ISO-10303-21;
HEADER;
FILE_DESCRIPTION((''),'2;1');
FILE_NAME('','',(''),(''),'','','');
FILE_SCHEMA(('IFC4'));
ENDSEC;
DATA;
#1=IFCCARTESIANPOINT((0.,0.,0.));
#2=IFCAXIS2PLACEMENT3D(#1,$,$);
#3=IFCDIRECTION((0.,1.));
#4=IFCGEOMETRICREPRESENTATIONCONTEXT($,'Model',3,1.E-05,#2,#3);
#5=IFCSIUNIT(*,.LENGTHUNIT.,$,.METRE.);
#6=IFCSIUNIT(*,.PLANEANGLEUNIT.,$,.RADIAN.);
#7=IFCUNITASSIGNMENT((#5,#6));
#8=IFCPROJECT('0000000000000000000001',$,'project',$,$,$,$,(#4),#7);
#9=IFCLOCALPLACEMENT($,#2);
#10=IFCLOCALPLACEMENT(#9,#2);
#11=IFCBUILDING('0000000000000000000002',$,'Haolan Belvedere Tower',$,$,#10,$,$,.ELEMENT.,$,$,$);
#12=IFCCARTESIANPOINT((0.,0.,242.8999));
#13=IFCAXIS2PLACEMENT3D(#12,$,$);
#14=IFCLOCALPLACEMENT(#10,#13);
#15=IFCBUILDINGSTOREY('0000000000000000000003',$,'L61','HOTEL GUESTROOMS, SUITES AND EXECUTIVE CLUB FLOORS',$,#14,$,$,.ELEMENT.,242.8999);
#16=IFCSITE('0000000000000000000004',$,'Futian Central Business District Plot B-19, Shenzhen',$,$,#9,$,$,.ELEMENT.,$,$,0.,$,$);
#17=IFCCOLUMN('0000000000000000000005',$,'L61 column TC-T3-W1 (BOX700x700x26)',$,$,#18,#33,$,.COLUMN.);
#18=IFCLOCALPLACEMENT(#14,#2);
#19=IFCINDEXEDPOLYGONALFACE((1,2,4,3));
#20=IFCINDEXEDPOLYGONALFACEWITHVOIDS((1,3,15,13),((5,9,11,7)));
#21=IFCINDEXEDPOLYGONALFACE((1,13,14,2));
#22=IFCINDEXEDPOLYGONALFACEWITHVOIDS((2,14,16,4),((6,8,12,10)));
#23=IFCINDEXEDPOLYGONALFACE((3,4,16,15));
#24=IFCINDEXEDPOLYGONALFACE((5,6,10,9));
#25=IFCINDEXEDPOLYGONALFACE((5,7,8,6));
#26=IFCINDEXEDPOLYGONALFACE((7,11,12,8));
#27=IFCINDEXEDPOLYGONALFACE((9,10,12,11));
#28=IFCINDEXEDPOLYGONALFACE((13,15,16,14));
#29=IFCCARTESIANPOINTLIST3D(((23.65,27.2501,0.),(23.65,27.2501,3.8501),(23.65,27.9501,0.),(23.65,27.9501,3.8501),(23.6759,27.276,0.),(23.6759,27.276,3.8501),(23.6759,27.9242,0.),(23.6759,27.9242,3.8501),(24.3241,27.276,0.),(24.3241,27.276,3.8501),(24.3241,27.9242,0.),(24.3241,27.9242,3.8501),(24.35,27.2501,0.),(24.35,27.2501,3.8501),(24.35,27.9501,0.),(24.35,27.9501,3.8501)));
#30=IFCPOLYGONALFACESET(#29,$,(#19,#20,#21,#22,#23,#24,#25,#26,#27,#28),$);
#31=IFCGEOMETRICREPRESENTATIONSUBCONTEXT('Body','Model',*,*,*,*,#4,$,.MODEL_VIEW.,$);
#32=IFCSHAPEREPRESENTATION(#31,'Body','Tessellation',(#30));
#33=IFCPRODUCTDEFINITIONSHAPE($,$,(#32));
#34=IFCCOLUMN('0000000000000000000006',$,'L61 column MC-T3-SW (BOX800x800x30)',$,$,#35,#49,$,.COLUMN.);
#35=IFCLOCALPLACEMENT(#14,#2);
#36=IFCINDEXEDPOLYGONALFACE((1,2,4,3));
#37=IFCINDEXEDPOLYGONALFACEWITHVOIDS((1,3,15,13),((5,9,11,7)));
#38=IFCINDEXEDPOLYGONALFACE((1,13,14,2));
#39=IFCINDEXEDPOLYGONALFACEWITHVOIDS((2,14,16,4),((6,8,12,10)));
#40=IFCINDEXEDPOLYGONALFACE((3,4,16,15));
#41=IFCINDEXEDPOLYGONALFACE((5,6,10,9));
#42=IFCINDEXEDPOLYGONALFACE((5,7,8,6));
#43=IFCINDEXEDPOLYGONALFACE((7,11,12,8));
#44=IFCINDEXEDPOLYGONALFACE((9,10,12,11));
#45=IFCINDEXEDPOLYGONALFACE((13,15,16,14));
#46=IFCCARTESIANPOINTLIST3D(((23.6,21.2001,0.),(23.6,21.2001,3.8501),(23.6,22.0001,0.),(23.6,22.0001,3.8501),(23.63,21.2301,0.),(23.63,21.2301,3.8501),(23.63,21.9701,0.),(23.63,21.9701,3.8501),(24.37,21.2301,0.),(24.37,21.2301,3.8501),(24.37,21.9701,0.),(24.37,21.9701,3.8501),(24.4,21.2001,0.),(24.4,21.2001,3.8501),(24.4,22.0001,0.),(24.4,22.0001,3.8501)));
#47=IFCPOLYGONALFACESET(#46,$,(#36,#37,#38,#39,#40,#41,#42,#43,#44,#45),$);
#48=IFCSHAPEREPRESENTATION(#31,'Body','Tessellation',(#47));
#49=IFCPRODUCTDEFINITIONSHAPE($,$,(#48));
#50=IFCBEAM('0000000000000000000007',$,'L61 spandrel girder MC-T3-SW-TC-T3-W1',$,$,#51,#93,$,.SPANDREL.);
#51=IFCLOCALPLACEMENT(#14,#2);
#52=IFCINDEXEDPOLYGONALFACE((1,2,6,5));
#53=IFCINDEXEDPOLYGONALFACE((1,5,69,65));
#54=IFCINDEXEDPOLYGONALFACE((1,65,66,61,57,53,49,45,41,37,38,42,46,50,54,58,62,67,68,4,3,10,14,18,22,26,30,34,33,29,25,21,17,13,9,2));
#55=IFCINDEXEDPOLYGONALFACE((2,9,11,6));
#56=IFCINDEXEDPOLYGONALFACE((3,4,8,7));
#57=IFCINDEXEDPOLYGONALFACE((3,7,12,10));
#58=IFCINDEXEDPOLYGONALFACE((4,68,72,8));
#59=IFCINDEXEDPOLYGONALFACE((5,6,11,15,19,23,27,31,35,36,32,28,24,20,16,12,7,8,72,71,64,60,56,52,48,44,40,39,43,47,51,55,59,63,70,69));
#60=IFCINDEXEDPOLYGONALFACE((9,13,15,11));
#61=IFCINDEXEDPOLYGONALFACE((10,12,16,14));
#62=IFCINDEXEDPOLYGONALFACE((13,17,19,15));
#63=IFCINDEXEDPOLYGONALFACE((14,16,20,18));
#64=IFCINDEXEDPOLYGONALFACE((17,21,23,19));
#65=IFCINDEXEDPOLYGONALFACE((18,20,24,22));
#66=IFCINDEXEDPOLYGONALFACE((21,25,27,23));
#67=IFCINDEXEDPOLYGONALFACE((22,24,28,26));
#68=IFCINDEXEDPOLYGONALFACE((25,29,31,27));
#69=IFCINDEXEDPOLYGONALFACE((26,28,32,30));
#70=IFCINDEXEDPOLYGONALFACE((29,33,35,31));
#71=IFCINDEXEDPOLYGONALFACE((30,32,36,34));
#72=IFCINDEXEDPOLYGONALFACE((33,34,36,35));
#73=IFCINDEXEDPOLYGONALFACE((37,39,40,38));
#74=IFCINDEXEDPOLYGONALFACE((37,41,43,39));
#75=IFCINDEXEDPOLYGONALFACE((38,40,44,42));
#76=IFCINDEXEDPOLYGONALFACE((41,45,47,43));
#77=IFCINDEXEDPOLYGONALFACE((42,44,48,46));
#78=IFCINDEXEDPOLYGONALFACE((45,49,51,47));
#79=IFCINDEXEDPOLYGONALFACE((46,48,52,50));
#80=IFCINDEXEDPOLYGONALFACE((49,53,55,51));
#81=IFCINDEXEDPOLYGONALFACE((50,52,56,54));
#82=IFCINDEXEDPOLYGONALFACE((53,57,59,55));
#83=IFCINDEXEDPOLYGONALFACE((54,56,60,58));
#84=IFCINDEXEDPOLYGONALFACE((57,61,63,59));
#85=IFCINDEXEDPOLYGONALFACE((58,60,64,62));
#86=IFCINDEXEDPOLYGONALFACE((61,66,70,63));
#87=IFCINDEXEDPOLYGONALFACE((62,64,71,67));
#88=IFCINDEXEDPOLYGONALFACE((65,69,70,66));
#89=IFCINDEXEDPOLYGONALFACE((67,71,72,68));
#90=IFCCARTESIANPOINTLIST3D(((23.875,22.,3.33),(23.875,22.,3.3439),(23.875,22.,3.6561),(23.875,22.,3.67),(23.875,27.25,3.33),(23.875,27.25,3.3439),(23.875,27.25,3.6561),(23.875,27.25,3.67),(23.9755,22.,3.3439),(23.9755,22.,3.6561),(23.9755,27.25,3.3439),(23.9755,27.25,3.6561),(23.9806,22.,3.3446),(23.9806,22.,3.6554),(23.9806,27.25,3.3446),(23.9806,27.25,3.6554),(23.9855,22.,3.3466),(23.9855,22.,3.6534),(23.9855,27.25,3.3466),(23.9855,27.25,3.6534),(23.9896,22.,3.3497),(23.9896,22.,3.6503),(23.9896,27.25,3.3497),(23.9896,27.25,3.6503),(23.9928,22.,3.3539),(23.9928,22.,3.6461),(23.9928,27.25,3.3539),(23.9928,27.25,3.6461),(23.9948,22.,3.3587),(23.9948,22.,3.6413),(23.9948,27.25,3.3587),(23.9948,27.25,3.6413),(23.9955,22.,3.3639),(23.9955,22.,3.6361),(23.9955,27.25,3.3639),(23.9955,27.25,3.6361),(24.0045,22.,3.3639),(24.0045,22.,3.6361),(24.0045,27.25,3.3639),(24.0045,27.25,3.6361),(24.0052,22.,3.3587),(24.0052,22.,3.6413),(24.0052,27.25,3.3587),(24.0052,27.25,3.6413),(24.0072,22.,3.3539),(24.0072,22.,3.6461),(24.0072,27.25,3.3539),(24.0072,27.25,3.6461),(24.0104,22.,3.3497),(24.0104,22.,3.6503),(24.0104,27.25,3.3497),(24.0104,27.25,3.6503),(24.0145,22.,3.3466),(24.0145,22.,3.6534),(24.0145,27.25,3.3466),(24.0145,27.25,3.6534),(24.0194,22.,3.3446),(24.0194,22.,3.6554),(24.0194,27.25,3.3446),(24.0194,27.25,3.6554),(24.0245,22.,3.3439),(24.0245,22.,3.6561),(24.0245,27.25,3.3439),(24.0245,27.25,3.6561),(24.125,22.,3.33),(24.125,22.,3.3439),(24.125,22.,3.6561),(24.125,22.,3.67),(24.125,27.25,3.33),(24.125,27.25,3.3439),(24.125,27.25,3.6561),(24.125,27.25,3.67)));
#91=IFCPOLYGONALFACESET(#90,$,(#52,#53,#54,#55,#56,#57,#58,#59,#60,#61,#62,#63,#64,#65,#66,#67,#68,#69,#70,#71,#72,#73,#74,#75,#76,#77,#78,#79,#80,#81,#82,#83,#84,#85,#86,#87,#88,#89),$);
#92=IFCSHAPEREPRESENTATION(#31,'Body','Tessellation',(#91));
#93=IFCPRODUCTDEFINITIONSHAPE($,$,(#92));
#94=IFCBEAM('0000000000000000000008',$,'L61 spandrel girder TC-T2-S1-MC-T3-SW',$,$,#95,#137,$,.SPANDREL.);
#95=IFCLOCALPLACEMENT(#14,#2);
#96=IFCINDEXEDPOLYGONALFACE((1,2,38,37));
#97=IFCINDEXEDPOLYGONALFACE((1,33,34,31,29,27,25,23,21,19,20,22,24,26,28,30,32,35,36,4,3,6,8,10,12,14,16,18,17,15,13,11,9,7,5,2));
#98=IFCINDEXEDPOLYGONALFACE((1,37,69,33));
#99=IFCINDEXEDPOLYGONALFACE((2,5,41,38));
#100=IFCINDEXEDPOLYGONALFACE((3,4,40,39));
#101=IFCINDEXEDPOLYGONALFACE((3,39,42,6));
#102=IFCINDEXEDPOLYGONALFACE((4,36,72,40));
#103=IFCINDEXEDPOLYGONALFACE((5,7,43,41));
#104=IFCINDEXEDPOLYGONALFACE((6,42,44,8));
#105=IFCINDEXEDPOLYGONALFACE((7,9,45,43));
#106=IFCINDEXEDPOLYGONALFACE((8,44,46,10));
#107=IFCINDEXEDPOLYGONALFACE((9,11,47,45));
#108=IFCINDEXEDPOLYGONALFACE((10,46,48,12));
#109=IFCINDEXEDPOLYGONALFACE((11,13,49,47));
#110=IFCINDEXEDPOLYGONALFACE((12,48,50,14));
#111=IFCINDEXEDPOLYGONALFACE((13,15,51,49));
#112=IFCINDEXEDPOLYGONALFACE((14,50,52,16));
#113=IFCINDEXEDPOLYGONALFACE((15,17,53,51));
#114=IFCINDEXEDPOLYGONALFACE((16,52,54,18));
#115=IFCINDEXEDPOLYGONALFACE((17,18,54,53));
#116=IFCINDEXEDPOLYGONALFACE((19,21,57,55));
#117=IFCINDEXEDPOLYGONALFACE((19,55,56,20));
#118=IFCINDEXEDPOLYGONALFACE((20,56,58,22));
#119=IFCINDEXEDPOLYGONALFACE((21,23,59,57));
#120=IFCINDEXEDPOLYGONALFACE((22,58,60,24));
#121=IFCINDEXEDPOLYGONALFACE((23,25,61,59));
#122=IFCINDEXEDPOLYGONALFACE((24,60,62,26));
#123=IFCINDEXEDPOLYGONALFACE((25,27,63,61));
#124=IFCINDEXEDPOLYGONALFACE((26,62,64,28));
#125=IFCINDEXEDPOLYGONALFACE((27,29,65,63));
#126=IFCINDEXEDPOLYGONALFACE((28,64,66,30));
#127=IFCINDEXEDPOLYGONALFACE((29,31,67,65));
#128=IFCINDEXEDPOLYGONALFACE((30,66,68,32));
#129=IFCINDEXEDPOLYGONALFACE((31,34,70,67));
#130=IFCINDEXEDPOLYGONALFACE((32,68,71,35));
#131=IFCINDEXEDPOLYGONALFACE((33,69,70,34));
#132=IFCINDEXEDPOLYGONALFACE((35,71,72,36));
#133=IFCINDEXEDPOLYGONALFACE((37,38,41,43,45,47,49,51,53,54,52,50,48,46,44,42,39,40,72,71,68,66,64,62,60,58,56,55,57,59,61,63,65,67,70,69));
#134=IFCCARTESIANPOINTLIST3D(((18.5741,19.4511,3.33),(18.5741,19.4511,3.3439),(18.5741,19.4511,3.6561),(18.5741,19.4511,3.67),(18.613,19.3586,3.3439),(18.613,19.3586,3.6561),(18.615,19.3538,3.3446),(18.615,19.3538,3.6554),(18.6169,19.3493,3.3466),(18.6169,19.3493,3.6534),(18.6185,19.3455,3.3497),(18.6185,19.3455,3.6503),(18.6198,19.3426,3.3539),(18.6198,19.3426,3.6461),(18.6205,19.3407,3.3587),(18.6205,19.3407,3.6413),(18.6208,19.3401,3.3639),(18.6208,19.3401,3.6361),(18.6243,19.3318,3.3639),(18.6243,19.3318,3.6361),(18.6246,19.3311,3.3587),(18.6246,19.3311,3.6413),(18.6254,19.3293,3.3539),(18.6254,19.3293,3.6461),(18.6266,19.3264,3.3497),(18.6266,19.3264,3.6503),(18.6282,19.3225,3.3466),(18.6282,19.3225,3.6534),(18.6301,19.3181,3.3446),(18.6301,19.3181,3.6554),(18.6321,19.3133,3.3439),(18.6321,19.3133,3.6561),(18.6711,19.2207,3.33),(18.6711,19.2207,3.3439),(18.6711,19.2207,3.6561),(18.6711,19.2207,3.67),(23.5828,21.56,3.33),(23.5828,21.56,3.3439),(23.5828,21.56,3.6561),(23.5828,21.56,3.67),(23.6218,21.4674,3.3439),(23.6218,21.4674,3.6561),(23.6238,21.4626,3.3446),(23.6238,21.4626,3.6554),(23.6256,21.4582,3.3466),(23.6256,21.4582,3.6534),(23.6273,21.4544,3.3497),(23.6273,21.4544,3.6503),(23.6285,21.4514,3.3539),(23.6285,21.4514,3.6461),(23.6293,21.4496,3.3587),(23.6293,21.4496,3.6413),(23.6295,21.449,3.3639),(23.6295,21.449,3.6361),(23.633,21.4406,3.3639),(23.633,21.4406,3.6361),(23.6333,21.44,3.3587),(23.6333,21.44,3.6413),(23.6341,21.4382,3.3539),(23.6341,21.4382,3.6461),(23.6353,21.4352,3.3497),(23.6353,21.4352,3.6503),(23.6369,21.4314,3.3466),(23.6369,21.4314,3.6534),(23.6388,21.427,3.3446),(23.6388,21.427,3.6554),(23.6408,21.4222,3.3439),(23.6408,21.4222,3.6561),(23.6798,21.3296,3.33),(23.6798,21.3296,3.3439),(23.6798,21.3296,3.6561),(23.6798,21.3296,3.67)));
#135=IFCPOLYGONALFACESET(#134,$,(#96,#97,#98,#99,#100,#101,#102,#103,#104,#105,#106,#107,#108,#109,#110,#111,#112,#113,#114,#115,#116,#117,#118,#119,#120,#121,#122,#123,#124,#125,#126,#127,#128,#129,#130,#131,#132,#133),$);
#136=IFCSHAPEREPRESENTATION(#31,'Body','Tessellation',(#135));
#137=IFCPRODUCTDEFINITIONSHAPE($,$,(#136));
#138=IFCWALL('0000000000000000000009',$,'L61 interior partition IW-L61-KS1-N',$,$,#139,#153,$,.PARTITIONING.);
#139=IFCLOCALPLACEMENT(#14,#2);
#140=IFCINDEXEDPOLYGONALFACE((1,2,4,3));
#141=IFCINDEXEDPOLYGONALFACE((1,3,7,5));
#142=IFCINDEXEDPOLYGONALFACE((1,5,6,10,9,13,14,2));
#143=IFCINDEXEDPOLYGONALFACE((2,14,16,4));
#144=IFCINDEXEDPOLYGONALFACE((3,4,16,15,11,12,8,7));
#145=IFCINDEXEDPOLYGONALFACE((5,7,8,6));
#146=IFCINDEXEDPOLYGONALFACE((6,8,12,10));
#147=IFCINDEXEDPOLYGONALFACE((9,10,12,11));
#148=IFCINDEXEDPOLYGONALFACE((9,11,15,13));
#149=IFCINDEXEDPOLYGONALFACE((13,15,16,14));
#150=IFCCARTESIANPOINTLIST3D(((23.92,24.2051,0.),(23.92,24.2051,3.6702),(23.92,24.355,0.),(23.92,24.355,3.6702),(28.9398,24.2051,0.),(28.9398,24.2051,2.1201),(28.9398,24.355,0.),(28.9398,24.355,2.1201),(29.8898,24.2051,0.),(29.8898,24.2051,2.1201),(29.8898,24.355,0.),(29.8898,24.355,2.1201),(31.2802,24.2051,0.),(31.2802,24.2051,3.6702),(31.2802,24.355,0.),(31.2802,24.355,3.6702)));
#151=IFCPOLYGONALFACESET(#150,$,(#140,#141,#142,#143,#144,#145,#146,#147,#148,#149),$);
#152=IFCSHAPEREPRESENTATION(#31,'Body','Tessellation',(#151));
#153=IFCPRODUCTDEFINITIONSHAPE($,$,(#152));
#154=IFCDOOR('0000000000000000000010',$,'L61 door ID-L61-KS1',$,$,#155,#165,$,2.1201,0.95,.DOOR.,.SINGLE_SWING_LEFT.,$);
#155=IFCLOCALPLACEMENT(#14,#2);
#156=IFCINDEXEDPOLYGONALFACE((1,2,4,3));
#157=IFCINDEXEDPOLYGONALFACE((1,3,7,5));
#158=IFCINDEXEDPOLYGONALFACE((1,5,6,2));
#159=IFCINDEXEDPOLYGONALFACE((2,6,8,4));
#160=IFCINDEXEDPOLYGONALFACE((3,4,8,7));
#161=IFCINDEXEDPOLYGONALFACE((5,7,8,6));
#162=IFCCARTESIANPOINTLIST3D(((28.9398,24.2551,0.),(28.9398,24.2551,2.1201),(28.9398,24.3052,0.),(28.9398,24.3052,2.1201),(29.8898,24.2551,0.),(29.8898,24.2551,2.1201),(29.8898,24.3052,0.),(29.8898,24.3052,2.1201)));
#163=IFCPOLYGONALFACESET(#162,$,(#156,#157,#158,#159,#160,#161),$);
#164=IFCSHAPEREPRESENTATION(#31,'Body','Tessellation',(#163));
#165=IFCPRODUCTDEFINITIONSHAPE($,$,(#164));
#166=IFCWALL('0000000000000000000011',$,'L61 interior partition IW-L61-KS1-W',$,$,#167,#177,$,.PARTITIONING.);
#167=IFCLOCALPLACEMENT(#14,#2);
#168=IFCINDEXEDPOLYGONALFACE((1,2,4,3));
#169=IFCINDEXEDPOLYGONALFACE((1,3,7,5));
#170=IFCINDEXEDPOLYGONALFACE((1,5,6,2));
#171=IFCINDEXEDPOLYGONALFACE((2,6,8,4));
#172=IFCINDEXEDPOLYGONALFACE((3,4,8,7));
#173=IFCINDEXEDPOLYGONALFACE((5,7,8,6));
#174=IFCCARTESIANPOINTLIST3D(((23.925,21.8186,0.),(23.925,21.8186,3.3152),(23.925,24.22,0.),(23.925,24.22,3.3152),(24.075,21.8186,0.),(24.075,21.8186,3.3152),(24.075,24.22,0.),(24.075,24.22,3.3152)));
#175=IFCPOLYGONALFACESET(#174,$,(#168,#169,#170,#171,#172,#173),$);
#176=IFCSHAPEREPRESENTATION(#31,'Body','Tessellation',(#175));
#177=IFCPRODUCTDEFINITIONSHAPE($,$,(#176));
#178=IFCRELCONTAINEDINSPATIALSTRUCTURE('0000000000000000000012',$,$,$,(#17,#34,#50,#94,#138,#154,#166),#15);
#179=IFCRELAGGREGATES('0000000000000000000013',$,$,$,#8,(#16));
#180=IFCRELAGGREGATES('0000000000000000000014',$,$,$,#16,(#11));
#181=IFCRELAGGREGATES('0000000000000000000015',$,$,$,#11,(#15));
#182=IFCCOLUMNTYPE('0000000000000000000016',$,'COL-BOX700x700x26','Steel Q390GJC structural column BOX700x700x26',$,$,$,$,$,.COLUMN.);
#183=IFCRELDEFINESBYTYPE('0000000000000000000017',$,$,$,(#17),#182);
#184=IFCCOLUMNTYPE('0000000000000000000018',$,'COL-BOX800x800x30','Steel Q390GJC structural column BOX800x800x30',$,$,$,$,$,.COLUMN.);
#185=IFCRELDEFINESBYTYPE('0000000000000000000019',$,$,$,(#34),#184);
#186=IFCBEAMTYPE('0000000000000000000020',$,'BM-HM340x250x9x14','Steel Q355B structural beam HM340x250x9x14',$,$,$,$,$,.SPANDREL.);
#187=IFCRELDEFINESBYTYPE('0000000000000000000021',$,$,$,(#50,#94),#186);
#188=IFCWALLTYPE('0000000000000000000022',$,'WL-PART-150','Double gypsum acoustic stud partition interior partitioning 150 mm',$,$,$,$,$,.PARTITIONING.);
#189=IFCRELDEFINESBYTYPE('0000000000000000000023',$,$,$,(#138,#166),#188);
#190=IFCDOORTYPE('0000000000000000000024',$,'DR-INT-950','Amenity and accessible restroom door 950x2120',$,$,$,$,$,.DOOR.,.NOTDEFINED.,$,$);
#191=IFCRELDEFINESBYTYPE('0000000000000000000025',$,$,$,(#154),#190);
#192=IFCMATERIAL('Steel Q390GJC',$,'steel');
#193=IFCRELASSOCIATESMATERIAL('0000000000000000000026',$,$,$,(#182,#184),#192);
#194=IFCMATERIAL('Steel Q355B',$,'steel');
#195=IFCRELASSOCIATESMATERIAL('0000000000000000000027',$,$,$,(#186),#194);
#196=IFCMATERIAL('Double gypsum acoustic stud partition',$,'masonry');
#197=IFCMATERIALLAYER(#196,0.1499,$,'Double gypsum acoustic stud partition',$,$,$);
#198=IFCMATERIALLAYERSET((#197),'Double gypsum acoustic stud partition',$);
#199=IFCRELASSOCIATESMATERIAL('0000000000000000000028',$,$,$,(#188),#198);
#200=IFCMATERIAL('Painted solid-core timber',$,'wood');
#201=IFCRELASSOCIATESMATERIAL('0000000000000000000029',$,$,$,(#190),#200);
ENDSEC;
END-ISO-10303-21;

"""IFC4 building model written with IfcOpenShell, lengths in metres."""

from ifc_helpers import new_model, si_unit, direction, frame, frame_2d, origin, origin_2d, place, context, subcontext, project, spatial, rectangle, hollow_rectangle, i_section, extrude, material, layer, layer_set, material_profile, profile_set, type_object, element, fill, save


model = new_model("IFC4")

# Units and contexts
model_context = context("Model", 3, precision=1e-05, world=origin(), true_north=direction((0.0, 1.0)))
body_context = subcontext(model_context, "Body", "Model", "MODEL_VIEW")
ifc_project = project(units=[si_unit("LENGTHUNIT", "METRE"), si_unit("PLANEANGLEUNIT", "RADIAN")], contexts=[model_context])

# Site, building, storey
site_placement = place(None, origin())
site = spatial("IfcSite", under=ifc_project, at=site_placement, Name="Futian Central Business District Plot B-19, Shenzhen", CompositionType="ELEMENT", RefElevation=0.0)
building_placement = place(site_placement, origin())
building = spatial("IfcBuilding", under=site, at=building_placement, Name="Haolan Belvedere Tower", CompositionType="ELEMENT")
storey_placement = place(building_placement, frame((0.0, 0.0, 242.8999)))
storey = spatial("IfcBuildingStorey", under=building, at=storey_placement, Name="L61", Description="HOTEL GUESTROOMS, SUITES AND EXECUTIVE CLUB FLOORS", CompositionType="ELEMENT", Elevation=242.8999)

# Columns
ifc_material_1 = material(Name="Steel Q390GJC", Category="steel")
ifc_material_profile_1 = material_profile(ifc_material_1, hollow_rectangle(XDim=0.7, YDim=0.7, WallThickness=0.0259, at=origin_2d()), Name="Steel Q390GJC")
ifc_profile_set_1 = profile_set([ifc_material_profile_1], Name="Steel Q390GJC")
column_type_1 = type_object("IfcColumnType", Name="COL-BOX700x700x26", Description="Steel Q390GJC structural column BOX700x700x26", PredefinedType="COLUMN", material=ifc_profile_set_1)
column_1_placement = place(storey_placement, frame((24.0, 27.6001, 0.0), z_axis=(0.0, 0.0, 1.0), x_axis=(1.0, 0.0, 0.0)))
element("IfcColumn", 1, at=column_1_placement, inside=storey, type_object=column_type_1, Name="L61 column TC-T3-W1 (BOX700x700x26)", PredefinedType="COLUMN", context=body_context, shape_type="SweptSolid", body=[
    extrude(hollow_rectangle(XDim=0.7, YDim=0.7, WallThickness=0.0259, at=origin_2d()), origin(), (0.0, 0.0, 1.0), 3.8501),
])
ifc_material_profile_2 = material_profile(ifc_material_1, hollow_rectangle(XDim=0.8, YDim=0.8, WallThickness=0.03, at=origin_2d()), Name="Steel Q390GJC")
ifc_profile_set_2 = profile_set([ifc_material_profile_2], Name="Steel Q390GJC")
column_type_2 = type_object("IfcColumnType", Name="COL-BOX800x800x30", Description="Steel Q390GJC structural column BOX800x800x30", PredefinedType="COLUMN", material=ifc_profile_set_2)
column_2_placement = place(storey_placement, frame((24.0, 21.6001, 0.0), z_axis=(0.0, 0.0, 1.0), x_axis=(1.0, 0.0, 0.0)))
element("IfcColumn", 2, at=column_2_placement, inside=storey, type_object=column_type_2, Name="L61 column MC-T3-SW (BOX800x800x30)", PredefinedType="COLUMN", context=body_context, shape_type="SweptSolid", body=[
    extrude(hollow_rectangle(XDim=0.8, YDim=0.8, WallThickness=0.03, at=origin_2d()), origin(), (0.0, 0.0, 1.0), 3.8501),
])

# Beams
ifc_material_2 = material(Name="Steel Q355B", Category="steel")
ifc_material_profile_3 = material_profile(ifc_material_2, i_section(OverallWidth=0.25, OverallDepth=0.3401, WebThickness=0.009, FlangeThickness=0.0139, FilletRadius=0.02, at=origin_2d()), Name="Steel Q355B")
ifc_profile_set_3 = profile_set([ifc_material_profile_3], Name="Steel Q355B")
beam_type = type_object("IfcBeamType", Name="BM-HM340x250x9x14", Description="Steel Q355B structural beam HM340x250x9x14", PredefinedType="SPANDREL", material=ifc_profile_set_3)
beam_1_placement = place(storey_placement, frame((24.0, 22.0, 3.5), z_axis=(0.0, 1.0, 0.0), x_axis=(-1.0, 0.0, 0.0)))
element("IfcBeam", 3, at=beam_1_placement, inside=storey, type_object=beam_type, Name="L61 spandrel girder MC-T3-SW-TC-T3-W1", PredefinedType="SPANDREL", context=body_context, shape_type="SweptSolid", body=[
    extrude(i_section(OverallWidth=0.25, OverallDepth=0.3401, WebThickness=0.009, FlangeThickness=0.0139, FilletRadius=0.02, at=origin_2d()), origin(), (0.0, 0.0, 1.0), 5.25),
])
beam_2_placement = place(storey_placement, frame((18.6226, 19.3359, 3.5), z_axis=(0.92164, 0.388045, 0.0), x_axis=(-0.388045, 0.92164, 0.0)))
element("IfcBeam", 4, at=beam_2_placement, inside=storey, type_object=beam_type, Name="L61 spandrel girder TC-T2-S1-MC-T3-SW", PredefinedType="SPANDREL", context=body_context, shape_type="SweptSolid", body=[
    extrude(i_section(OverallWidth=0.25, OverallDepth=0.3401, WebThickness=0.009, FlangeThickness=0.0139, FilletRadius=0.02, at=origin_2d()), origin(), (0.0, 0.0, 1.0), 5.4346),
])

# Wall, opening, door
ifc_material_3 = material(Name="Double gypsum acoustic stud partition", Category="masonry")
ifc_layer_1 = layer(ifc_material_3, 0.1499, Name="Double gypsum acoustic stud partition")
ifc_layer_set_1 = layer_set([ifc_layer_1], Name="Double gypsum acoustic stud partition")
wall_type_1 = type_object("IfcWallType", Name="WL-PART-150", Description="Double gypsum acoustic stud partition interior partitioning 150 mm", PredefinedType="PARTITIONING", material=ifc_layer_set_1)
wall_1_placement = place(storey_placement, frame((23.9199, 24.28, 0.0), z_axis=(0.0, 0.0, 1.0), x_axis=(1.0, 0.0, 0.0)))
wall_1 = element("IfcWall", 5, at=wall_1_placement, inside=storey, type_object=wall_type_1, Name="L61 interior partition IW-L61-KS1-N", PredefinedType="PARTITIONING", context=body_context, shape_type="SweptSolid", body=[
    extrude(rectangle(XDim=7.3601, YDim=0.1499, at=frame_2d((3.6802, 0.0))), origin(), (0.0, 0.0, 1.0), 3.6702),
])
opening_1_placement = place(wall_1_placement, frame((5.97, 0.0, 0.0), z_axis=(0.0, 0.0, 1.0), x_axis=(-1.0, 0.0, 0.0)))
opening_1 = element("IfcOpeningElement", 6, at=opening_1_placement, cuts=wall_1, PredefinedType="OPENING", context=body_context, shape_type="SweptSolid", body=[
    extrude(rectangle(XDim=0.95, YDim=2.1201, at=frame_2d((0.4751, 1.0601))), frame((0.0, 0.085, 0.0), z_axis=(0.0, -1.0, 0.0), x_axis=(1.0, 0.0, 0.0)), (0.0, 0.0, 1.0), 0.1699),
])
ifc_material_4 = material(Name="Painted solid-core timber", Category="wood")
door_type_1 = type_object("IfcDoorType", Name="DR-INT-950", Description="Amenity and accessible restroom door 950x2120", OperationType="NOTDEFINED", PredefinedType="DOOR", material=ifc_material_4)
door_1_placement = place(opening_1_placement, origin())
door_1 = element("IfcDoor", 7, at=door_1_placement, inside=storey, type_object=door_type_1, Name="L61 door ID-L61-KS1", OperationType="SINGLE_SWING_LEFT", OverallHeight=2.1201, OverallWidth=0.95, PredefinedType="DOOR", context=body_context, shape_type="SweptSolid", body=[
    extrude(rectangle(XDim=0.95, YDim=2.1201, at=frame_2d((0.4751, 1.0601))), frame((0.0, 0.0249, 0.0), z_axis=(0.0, -1.0, 0.0), x_axis=(1.0, 0.0, 0.0)), (0.0, 0.0, 1.0), 0.05),
])
fill(opening_1, door_1)

# Wall
wall_2_placement = place(storey_placement, frame((24.0, 21.8186, 0.0), z_axis=(0.0, 0.0, 1.0), x_axis=(0.0, 1.0, 0.0)))
element("IfcWall", 8, at=wall_2_placement, inside=storey, type_object=wall_type_1, Name="L61 interior partition IW-L61-KS1-W", PredefinedType="PARTITIONING", context=body_context, shape_type="SweptSolid", body=[
    extrude(rectangle(XDim=2.4014, YDim=0.1499, at=frame_2d((1.2007, 0.0))), origin(), (0.0, 0.0, 1.0), 3.3152),
])

save(model, "model.ifc")
